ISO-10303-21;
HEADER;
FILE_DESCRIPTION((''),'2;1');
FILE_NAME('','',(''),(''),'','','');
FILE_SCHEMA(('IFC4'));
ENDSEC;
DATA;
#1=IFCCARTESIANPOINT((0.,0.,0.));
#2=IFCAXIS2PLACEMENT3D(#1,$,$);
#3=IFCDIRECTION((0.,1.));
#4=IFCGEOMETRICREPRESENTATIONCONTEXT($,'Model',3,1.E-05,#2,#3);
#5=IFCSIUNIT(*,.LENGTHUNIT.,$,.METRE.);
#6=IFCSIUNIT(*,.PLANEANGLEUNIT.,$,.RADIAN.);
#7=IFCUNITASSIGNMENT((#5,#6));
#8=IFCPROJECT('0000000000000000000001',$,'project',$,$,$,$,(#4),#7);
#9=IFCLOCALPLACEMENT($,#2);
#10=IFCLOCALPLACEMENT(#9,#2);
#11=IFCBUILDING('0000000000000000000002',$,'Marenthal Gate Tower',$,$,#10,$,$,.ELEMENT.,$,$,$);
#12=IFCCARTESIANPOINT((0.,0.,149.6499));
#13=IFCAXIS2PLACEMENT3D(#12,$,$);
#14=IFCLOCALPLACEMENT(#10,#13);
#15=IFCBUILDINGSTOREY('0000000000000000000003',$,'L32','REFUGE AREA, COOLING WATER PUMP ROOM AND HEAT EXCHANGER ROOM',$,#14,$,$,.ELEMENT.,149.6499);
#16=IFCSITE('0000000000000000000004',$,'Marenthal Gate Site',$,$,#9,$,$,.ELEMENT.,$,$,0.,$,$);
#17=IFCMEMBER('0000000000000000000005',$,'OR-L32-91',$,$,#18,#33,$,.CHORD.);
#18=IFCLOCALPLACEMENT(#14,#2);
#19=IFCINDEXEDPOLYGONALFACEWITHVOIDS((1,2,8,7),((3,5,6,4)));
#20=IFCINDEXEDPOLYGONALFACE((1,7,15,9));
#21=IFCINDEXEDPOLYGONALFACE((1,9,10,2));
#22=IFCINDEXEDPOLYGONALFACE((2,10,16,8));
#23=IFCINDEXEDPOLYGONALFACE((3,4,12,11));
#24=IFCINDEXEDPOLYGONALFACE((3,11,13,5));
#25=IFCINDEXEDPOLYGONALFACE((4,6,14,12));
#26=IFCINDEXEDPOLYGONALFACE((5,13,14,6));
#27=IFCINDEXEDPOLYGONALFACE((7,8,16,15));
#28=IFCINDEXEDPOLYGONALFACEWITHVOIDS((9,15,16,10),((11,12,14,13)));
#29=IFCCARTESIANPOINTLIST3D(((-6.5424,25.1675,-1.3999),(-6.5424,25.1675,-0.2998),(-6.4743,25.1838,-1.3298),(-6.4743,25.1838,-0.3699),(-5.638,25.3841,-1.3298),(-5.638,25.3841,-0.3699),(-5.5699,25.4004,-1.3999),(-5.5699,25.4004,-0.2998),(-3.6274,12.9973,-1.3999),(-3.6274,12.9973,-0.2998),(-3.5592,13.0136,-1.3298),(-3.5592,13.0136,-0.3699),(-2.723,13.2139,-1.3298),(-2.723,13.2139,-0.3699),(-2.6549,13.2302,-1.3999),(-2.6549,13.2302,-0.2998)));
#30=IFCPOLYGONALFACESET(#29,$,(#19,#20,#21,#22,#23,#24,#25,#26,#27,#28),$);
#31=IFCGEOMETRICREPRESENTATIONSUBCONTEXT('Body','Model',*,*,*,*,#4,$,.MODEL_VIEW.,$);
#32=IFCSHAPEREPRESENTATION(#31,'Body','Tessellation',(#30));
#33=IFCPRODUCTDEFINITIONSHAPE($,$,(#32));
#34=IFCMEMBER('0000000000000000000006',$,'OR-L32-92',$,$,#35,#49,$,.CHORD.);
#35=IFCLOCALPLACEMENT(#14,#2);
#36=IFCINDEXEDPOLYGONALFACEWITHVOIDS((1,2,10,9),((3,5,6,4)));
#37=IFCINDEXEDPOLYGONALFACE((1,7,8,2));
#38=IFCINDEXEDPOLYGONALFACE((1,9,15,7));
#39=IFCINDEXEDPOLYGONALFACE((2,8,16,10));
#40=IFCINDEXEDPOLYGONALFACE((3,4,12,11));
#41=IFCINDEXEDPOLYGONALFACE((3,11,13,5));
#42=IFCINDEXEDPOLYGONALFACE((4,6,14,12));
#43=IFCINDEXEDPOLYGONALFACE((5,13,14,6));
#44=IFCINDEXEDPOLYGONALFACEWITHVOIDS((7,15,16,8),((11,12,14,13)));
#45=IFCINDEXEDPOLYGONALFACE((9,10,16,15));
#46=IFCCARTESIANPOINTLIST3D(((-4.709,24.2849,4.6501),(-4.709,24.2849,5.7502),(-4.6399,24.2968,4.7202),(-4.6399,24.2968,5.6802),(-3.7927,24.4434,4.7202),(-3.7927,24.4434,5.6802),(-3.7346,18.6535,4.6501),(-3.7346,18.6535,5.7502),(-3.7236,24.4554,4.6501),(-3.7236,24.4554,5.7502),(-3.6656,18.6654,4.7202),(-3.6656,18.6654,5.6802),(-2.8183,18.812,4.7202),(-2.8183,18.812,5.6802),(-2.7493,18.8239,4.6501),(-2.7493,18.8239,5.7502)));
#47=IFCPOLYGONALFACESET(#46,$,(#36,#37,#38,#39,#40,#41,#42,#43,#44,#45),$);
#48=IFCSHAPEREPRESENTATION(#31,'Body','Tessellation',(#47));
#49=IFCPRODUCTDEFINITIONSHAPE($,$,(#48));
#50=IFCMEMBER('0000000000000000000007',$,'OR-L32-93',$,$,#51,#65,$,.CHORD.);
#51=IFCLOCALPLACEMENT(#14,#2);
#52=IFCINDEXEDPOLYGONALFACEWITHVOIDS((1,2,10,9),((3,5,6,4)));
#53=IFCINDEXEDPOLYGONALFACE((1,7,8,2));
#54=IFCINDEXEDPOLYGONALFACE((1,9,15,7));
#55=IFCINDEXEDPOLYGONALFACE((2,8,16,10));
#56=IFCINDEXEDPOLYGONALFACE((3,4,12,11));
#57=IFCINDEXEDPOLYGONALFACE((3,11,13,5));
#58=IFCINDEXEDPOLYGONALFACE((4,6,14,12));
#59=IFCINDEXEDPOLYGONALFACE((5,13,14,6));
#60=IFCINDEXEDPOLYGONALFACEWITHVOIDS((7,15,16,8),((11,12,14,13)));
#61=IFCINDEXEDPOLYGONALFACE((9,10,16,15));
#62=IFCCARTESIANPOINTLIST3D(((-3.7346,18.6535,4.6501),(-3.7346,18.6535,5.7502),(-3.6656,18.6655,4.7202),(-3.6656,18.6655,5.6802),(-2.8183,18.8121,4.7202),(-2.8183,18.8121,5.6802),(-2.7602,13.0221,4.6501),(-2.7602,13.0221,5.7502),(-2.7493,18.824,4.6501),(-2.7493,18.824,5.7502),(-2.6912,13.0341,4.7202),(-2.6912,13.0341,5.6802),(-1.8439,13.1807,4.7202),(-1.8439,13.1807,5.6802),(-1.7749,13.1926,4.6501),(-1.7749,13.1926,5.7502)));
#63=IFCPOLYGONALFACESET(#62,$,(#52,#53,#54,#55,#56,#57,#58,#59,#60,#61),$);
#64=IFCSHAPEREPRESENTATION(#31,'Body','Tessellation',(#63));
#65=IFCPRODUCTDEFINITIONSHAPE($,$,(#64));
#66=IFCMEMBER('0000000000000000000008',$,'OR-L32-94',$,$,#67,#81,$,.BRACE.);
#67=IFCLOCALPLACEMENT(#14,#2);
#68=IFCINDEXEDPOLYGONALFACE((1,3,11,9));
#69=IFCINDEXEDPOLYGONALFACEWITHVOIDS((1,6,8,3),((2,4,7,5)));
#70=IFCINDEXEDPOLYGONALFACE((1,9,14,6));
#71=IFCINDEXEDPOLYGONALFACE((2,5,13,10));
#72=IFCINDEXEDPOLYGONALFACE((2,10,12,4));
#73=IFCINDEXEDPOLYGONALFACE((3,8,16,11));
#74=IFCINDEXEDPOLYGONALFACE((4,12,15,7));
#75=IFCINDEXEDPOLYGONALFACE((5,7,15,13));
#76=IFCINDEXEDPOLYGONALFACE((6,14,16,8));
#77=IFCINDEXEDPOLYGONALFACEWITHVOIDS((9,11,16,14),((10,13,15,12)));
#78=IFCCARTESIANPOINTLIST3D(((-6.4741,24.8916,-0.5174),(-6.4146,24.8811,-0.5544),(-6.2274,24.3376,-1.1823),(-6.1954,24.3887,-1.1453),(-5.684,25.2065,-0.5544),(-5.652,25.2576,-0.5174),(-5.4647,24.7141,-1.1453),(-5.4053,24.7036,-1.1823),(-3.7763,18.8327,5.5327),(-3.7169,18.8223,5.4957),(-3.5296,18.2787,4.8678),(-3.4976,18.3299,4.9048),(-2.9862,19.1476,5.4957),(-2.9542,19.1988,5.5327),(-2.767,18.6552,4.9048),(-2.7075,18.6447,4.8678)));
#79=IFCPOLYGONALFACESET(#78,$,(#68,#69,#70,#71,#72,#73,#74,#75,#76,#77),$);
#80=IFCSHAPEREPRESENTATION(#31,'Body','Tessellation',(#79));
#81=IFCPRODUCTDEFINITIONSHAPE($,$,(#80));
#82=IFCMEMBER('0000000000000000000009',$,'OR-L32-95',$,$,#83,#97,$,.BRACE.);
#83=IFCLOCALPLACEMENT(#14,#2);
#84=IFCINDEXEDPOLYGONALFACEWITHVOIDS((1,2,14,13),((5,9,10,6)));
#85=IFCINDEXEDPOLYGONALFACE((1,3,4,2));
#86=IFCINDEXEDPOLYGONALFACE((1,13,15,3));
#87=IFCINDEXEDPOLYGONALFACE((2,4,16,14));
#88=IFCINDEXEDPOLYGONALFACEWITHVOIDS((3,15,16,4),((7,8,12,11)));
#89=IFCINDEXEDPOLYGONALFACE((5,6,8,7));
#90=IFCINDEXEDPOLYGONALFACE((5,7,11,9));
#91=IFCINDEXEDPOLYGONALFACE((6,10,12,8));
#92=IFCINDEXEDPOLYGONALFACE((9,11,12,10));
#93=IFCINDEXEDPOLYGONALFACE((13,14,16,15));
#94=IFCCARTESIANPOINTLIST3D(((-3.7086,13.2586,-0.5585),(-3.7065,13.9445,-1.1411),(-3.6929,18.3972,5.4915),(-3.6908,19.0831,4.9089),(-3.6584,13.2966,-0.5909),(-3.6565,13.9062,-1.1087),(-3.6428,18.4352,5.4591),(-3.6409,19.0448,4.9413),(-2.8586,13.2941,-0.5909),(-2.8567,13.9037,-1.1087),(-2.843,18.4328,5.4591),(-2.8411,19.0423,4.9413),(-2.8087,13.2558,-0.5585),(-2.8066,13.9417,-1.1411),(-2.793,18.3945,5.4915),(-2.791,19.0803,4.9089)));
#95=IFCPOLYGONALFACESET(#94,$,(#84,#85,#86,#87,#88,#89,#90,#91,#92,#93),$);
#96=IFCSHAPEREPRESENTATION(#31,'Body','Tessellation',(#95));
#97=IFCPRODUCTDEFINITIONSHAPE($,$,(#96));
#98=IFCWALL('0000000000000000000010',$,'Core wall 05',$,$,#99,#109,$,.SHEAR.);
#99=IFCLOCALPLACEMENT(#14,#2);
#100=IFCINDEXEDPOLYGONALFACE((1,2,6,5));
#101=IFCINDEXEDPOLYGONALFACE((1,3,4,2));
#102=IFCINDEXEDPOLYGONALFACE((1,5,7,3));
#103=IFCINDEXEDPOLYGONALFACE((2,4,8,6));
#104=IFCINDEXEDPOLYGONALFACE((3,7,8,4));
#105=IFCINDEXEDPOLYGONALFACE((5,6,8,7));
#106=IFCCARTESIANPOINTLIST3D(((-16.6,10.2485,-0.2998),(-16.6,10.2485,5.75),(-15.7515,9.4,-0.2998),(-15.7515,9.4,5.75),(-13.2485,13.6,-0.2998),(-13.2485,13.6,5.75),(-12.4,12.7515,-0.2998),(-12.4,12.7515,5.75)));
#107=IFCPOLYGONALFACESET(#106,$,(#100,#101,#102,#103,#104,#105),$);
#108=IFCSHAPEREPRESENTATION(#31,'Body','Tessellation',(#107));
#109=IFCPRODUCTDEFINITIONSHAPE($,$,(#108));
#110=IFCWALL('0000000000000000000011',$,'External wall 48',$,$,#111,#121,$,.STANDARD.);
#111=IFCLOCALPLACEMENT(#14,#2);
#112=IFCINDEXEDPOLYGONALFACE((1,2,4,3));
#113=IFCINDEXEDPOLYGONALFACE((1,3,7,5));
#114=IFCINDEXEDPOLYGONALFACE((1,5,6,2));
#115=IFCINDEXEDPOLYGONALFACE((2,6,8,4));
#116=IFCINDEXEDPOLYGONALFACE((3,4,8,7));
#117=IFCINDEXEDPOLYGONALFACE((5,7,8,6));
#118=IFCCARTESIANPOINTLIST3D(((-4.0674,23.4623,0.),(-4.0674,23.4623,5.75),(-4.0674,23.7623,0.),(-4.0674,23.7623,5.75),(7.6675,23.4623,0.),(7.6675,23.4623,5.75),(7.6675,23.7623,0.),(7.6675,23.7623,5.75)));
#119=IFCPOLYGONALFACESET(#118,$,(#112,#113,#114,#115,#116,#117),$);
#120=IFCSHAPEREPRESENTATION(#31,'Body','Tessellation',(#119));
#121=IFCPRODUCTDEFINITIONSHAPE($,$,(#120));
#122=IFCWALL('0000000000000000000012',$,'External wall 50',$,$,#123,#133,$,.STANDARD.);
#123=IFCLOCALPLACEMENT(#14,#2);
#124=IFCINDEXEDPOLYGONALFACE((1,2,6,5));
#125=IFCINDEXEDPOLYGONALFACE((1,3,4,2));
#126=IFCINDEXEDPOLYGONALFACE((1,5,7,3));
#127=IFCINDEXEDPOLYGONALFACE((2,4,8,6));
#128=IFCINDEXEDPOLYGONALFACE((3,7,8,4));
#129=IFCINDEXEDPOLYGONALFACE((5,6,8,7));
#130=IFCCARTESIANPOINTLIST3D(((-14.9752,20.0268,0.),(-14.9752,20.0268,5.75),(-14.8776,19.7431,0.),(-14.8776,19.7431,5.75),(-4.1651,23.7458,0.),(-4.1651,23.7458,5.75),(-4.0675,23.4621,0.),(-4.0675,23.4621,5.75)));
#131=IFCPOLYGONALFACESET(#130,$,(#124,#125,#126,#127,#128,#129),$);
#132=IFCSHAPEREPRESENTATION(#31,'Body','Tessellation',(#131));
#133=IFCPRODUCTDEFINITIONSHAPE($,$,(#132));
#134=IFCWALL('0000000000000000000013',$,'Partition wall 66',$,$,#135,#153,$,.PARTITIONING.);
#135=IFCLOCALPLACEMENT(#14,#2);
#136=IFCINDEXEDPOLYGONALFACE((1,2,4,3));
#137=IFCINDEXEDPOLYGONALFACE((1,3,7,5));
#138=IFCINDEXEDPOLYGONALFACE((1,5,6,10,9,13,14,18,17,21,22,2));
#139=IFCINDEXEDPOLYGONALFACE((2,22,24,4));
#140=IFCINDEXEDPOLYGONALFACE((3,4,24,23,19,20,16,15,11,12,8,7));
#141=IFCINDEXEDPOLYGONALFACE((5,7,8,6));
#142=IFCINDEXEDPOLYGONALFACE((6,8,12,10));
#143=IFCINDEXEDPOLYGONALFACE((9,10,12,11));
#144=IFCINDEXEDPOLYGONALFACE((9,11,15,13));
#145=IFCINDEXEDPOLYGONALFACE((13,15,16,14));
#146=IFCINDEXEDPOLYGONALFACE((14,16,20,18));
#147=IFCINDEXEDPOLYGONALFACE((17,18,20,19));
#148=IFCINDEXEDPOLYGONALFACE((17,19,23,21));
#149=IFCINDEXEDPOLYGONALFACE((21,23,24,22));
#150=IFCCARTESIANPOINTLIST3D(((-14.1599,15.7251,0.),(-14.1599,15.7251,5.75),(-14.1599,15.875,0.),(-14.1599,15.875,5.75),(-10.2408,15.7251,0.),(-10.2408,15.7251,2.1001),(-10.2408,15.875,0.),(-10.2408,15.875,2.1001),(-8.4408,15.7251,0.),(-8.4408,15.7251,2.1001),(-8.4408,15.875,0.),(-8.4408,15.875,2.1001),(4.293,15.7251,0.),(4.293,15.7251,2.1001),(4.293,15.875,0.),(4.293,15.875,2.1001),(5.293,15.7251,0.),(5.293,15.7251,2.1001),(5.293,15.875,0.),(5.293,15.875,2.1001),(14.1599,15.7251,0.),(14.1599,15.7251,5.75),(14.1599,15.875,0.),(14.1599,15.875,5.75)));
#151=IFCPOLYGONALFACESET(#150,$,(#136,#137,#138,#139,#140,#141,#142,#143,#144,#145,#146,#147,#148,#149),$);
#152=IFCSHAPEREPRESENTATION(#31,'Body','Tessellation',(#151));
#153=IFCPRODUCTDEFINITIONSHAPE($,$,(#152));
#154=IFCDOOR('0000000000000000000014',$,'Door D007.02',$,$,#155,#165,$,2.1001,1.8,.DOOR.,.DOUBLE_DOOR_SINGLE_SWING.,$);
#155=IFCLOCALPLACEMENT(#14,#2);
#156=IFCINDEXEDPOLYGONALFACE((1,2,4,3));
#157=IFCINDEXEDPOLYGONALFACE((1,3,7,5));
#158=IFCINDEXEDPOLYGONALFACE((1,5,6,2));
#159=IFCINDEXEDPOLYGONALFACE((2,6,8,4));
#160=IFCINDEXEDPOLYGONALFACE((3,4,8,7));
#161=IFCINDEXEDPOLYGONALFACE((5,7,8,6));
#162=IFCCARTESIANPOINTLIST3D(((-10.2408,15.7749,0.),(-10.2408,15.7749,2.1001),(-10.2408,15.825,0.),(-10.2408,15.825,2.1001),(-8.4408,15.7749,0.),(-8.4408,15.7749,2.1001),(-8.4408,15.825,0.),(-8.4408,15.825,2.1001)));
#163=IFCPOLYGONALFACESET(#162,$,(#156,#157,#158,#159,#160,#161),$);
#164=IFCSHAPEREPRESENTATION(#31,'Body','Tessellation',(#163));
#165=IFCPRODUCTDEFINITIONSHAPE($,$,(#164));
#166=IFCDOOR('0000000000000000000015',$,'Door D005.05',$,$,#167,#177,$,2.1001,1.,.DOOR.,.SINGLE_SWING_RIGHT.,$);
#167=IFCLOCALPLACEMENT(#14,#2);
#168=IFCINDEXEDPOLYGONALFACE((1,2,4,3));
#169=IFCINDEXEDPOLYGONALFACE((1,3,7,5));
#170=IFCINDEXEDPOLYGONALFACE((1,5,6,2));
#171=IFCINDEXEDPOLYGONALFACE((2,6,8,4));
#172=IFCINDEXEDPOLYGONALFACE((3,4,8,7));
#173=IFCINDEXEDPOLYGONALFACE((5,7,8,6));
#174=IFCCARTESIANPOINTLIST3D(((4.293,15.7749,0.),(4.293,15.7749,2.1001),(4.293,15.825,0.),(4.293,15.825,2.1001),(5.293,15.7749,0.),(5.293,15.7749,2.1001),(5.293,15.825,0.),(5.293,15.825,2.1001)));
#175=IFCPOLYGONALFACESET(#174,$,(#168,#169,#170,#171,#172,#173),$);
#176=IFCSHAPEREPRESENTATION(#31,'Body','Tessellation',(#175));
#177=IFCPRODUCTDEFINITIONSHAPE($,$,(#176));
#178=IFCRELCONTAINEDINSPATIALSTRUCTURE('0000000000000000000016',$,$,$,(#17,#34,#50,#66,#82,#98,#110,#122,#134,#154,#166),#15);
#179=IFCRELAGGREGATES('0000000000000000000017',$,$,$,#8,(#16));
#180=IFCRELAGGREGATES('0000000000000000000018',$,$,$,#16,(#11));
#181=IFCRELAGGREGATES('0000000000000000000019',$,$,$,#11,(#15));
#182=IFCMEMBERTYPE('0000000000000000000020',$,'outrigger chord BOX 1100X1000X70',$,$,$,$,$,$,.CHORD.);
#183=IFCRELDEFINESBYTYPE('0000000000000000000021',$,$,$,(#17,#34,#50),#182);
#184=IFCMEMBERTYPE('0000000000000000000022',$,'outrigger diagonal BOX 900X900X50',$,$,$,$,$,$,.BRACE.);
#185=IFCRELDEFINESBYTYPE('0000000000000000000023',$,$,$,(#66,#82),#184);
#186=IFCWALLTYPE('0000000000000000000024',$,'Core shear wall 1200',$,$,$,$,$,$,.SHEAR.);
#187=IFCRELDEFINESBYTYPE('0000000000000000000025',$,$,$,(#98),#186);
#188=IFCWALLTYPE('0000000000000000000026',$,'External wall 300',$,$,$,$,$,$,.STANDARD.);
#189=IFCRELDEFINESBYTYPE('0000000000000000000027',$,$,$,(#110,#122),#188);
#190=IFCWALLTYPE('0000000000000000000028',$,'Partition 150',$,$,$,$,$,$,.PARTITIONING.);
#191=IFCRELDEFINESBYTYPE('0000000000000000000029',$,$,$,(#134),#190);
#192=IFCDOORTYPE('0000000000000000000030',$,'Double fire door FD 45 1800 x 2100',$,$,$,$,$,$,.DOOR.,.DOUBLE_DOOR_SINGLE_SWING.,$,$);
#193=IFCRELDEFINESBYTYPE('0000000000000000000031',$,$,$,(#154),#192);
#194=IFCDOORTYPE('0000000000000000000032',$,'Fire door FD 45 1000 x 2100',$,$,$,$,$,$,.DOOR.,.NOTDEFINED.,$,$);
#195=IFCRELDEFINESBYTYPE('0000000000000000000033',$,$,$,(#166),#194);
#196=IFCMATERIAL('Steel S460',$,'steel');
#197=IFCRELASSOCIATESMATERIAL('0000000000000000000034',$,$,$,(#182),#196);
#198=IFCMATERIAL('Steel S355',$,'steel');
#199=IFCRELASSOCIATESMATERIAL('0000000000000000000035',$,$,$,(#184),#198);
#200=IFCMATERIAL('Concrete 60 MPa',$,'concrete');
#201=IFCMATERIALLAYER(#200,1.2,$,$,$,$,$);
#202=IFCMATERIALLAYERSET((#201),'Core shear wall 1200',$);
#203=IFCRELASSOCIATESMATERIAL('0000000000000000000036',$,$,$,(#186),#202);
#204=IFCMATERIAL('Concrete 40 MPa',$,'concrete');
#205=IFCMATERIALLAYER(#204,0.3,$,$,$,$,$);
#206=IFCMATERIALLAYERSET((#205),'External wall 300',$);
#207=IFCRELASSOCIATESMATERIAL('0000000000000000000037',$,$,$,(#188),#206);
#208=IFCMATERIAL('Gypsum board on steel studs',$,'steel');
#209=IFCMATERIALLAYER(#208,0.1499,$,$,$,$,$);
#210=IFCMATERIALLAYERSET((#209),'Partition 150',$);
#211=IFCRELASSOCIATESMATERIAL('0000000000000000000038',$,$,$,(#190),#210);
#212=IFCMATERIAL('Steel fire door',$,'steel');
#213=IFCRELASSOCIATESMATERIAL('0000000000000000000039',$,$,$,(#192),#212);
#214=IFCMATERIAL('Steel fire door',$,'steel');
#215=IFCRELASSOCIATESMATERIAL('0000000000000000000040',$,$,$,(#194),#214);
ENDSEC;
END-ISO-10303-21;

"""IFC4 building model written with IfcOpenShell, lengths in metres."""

from ifc_helpers import new_model, si_unit, direction, frame, frame_2d, origin, origin_2d, place, context, subcontext, project, spatial, rectangle, hollow_rectangle, extrude, material, layer, layer_set, material_profile, profile_set, type_object, element, fill, save


model = new_model("IFC4")

# Units and contexts
model_context = context("Model", 3, precision=1e-05, world=origin(), true_north=direction((0.0, 1.0)))
body_context = subcontext(model_context, "Body", "Model", "MODEL_VIEW")
ifc_project = project(units=[si_unit("LENGTHUNIT", "METRE"), si_unit("PLANEANGLEUNIT", "RADIAN")], contexts=[model_context])

# Site, building, storey
site_placement = place(None, origin())
site = spatial("IfcSite", under=ifc_project, at=site_placement, Name="Marenthal Gate Site", CompositionType="ELEMENT", RefElevation=0.0)
building_placement = place(site_placement, origin())
building = spatial("IfcBuilding", under=site, at=building_placement, Name="Marenthal Gate Tower", CompositionType="ELEMENT")
storey_placement = place(building_placement, frame((0.0, 0.0, 149.6499)))
storey = spatial("IfcBuildingStorey", under=building, at=storey_placement, Name="L32", Description="REFUGE AREA, COOLING WATER PUMP ROOM AND HEAT EXCHANGER ROOM", CompositionType="ELEMENT", Elevation=149.6499)

# Members
ifc_material_1 = material(Name="Steel S460", Category="steel")
ifc_material_profile_1 = material_profile(ifc_material_1, hollow_rectangle(XDim=1.0, YDim=1.1001, WallThickness=0.0701, at=origin_2d()), Name="BOX 1100X1000X70")
ifc_profile_set_1 = profile_set([ifc_material_profile_1], Name="Steel S460")
member_type_1 = type_object("IfcMemberType", Name="outrigger chord BOX 1100X1000X70", PredefinedType="CHORD", material=ifc_profile_set_1)
member_1_placement = place(storey_placement, frame((-6.0562, 25.2839, -0.8499), z_axis=(0.232935, -0.972492, 0.0), x_axis=(0.972492, 0.232935, 0.0)))
element("IfcMember", 1, at=member_1_placement, inside=storey, type_object=member_type_1, Name="OR-L32-91", PredefinedType="CHORD", context=body_context, shape_type="SweptSolid", body=[
    extrude(hollow_rectangle(XDim=1.0, YDim=1.1001, WallThickness=0.0701, at=origin_2d()), origin(), (0.0, 0.0, 1.0), 12.5144),
])
for number, where, z_axis, x_axis, name in (
    (2, (-4.2163, 24.3701, 5.2002), (0.170492, -0.985359, 0.0), (0.985359, 0.170492, 0.0), "OR-L32-92"),
    (3, (-3.2419, 18.7388, 5.2002), (0.170492, -0.985359, 0.0), (0.985359, 0.170492, 0.0), "OR-L32-93"),
):
    element("IfcMember", number, at=place(storey_placement, frame(where, z_axis=z_axis, x_axis=x_axis)), inside=storey, type_object=member_type_1, Name=name, PredefinedType="CHORD", context=body_context, shape_type="SweptSolid", body=[
        extrude(hollow_rectangle(XDim=1.0, YDim=1.1001, WallThickness=0.0701, at=origin_2d()), origin(), (0.0, 0.0, 1.0), 5.7151),
    ])
ifc_material_2 = material(Name="Steel S355", Category="steel")
ifc_material_profile_2 = material_profile(ifc_material_2, hollow_rectangle(XDim=0.8999, YDim=0.8999, WallThickness=0.05, at=origin_2d()), Name="BOX 900X900X50")
ifc_profile_set_2 = profile_set([ifc_material_profile_2], Name="Steel S355")
member_type_2 = type_object("IfcMemberType", Name="outrigger diagonal BOX 900X900X50", PredefinedType="BRACE", material=ifc_profile_set_2)
member_2_placement = place(storey_placement, frame((-5.9397, 24.7976, -0.8499), z_axis=(0.300511, -0.674912, 0.673933), x_axis=(0.913535, 0.40676, 0.0)))
element("IfcMember", 4, at=member_2_placement, inside=storey, type_object=member_type_2, Name="OR-L32-94", PredefinedType="BRACE", context=body_context, shape_type="SweptSolid", body=[
    extrude(hollow_rectangle(XDim=0.8999, YDim=0.8999, WallThickness=0.05, at=origin_2d()), origin(), (0.0, 0.0, 1.0), 8.9773),
])
member_3_placement = place(storey_placement, frame((-3.2419, 18.7388, 5.2002), z_axis=(-0.001968, -0.647364, -0.762178), x_axis=(0.999995, -0.003041, 0.0)))
element("IfcMember", 5, at=member_3_placement, inside=storey, type_object=member_type_2, Name="OR-L32-95", PredefinedType="BRACE", context=body_context, shape_type="SweptSolid", body=[
    extrude(hollow_rectangle(XDim=0.8999, YDim=0.8999, WallThickness=0.05, at=origin_2d()), origin(), (0.0, 0.0, 1.0), 7.9377),
])

# Walls
ifc_material_3 = material(Name="Concrete 60 MPa", Category="concrete")
ifc_layer_1 = layer(ifc_material_3, 1.2)
ifc_layer_set_1 = layer_set([ifc_layer_1], Name="Core shear wall 1200")
wall_type_1 = type_object("IfcWallType", Name="Core shear wall 1200", PredefinedType="SHEAR", material=ifc_layer_set_1)
wall_1_placement = place(storey_placement, frame((-12.8242, 13.1758, -0.2998), z_axis=(0.0, 0.0, 1.0), x_axis=(-0.707107, -0.707107, 0.0)))
element("IfcWall", 6, at=wall_1_placement, inside=storey, type_object=wall_type_1, Name="Core wall 05", PredefinedType="SHEAR", context=body_context, shape_type="SweptSolid", body=[
    extrude(rectangle(XDim=4.7397, YDim=1.2, at=frame_2d((2.3699, 0.0))), origin(), (0.0, 0.0, 1.0), 6.0498),
])
ifc_material_4 = material(Name="Concrete 40 MPa", Category="concrete")
ifc_layer_2 = layer(ifc_material_4, 0.3)
ifc_layer_set_2 = layer_set([ifc_layer_2], Name="External wall 300")
wall_type_2 = type_object("IfcWallType", Name="External wall 300", PredefinedType="STANDARD", material=ifc_layer_set_2)
wall_2_placement = place(storey_placement, frame((-4.0674, 23.6123, 0.0), z_axis=(0.0, 0.0, 1.0), x_axis=(1.0, 0.0, 0.0)))
element("IfcWall", 7, at=wall_2_placement, inside=storey, type_object=wall_type_2, Name="External wall 48", PredefinedType="STANDARD", context=body_context, shape_type="SweptSolid", body=[
    extrude(rectangle(XDim=11.7349, YDim=0.3, at=frame_2d((5.8674, 0.0))), origin(), (0.0, 0.0, 1.0), 5.75),
])
wall_3_placement = place(storey_placement, frame((-14.9263, 19.885, 0.0), z_axis=(0.0, 0.0, 1.0), x_axis=(0.945605, 0.325317, 0.0)))
element("IfcWall", 8, at=wall_3_placement, inside=storey, type_object=wall_type_2, Name="External wall 50", PredefinedType="STANDARD", context=body_context, shape_type="SweptSolid", body=[
    extrude(rectangle(XDim=11.4319, YDim=0.3, at=frame_2d((5.7158, 0.0))), origin(), (0.0, 0.0, 1.0), 5.75),
])

# Wall, openings, doors
ifc_material_5 = material(Name="Gypsum board on steel studs", Category="steel")
ifc_layer_3 = layer(ifc_material_5, 0.1499)
ifc_layer_set_3 = layer_set([ifc_layer_3], Name="Partition 150")
wall_type_3 = type_object("IfcWallType", Name="Partition 150", PredefinedType="PARTITIONING", material=ifc_layer_set_3)
wall_4_placement = place(storey_placement, frame((-14.1599, 15.8, 0.0), z_axis=(0.0, 0.0, 1.0), x_axis=(1.0, 0.0, 0.0)))
wall_4 = element("IfcWall", 9, at=wall_4_placement, inside=storey, type_object=wall_type_3, Name="Partition wall 66", PredefinedType="PARTITIONING", context=body_context, shape_type="SweptSolid", body=[
    extrude(rectangle(XDim=28.3198, YDim=0.1499, at=frame_2d((14.1599, 0.0))), origin(), (0.0, 0.0, 1.0), 5.75),
])
opening_1_placement = place(wall_4_placement, frame((18.4529, 0.0, 0.0)))
opening_1 = element("IfcOpeningElement", 10, at=opening_1_placement, cuts=wall_4, PredefinedType="OPENING", context=body_context, shape_type="SweptSolid", body=[
    extrude(rectangle(XDim=1.0, YDim=2.1001, at=frame_2d((0.5, 1.05))), frame((0.0, 0.085, 0.0), z_axis=(0.0, -1.0, 0.0), x_axis=(1.0, 0.0, 0.0)), (0.0, 0.0, 1.0), 0.1699),
])
opening_2_placement = place(wall_4_placement, frame((3.9192, 0.0, 0.0)))
opening_2 = element("IfcOpeningElement", 11, at=opening_2_placement, cuts=wall_4, PredefinedType="OPENING", context=body_context, shape_type="SweptSolid", body=[
    extrude(rectangle(XDim=1.8, YDim=2.1001, at=frame_2d((0.8999, 1.05))), frame((0.0, 0.085, 0.0), z_axis=(0.0, -1.0, 0.0), x_axis=(1.0, 0.0, 0.0)), (0.0, 0.0, 1.0), 0.1699),
])
ifc_material_6 = material(Name="Steel fire door", Category="steel")
door_type_1 = type_object("IfcDoorType", Name="Double fire door FD 45 1800 x 2100", OperationType="DOUBLE_DOOR_SINGLE_SWING", PredefinedType="DOOR", material=ifc_material_6)
door_1_placement = place(opening_2_placement, origin())
door_1 = element("IfcDoor", 12, at=door_1_placement, inside=storey, type_object=door_type_1, Name="Door D007.02", OperationType="DOUBLE_DOOR_SINGLE_SWING", OverallHeight=2.1001, OverallWidth=1.8, PredefinedType="DOOR", context=body_context, shape_type="SweptSolid", body=[
    extrude(rectangle(XDim=1.8, YDim=2.1001, at=frame_2d((0.8999, 1.05))), frame((0.0, 0.0249, 0.0), z_axis=(0.0, -1.0, 0.0), x_axis=(1.0, 0.0, 0.0)), (0.0, 0.0, 1.0), 0.05),
])
fill(opening_2, door_1)
ifc_material_7 = material(Name="Steel fire door", Category="steel")
door_type_2 = type_object("IfcDoorType", Name="Fire door FD 45 1000 x 2100", OperationType="NOTDEFINED", PredefinedType="DOOR", material=ifc_material_7)
door_2_placement = place(opening_1_placement, origin())
door_2 = element("IfcDoor", 13, at=door_2_placement, inside=storey, type_object=door_type_2, Name="Door D005.05", OperationType="SINGLE_SWING_RIGHT", OverallHeight=2.1001, OverallWidth=1.0, PredefinedType="DOOR", context=body_context, shape_type="SweptSolid", body=[
    extrude(rectangle(XDim=1.0, YDim=2.1001, at=frame_2d((0.5, 1.05))), frame((0.0, 0.0249, 0.0), z_axis=(0.0, -1.0, 0.0), x_axis=(1.0, 0.0, 0.0)), (0.0, 0.0, 1.0), 0.05),
])
fill(opening_1, door_2)

save(model, "model.ifc")
